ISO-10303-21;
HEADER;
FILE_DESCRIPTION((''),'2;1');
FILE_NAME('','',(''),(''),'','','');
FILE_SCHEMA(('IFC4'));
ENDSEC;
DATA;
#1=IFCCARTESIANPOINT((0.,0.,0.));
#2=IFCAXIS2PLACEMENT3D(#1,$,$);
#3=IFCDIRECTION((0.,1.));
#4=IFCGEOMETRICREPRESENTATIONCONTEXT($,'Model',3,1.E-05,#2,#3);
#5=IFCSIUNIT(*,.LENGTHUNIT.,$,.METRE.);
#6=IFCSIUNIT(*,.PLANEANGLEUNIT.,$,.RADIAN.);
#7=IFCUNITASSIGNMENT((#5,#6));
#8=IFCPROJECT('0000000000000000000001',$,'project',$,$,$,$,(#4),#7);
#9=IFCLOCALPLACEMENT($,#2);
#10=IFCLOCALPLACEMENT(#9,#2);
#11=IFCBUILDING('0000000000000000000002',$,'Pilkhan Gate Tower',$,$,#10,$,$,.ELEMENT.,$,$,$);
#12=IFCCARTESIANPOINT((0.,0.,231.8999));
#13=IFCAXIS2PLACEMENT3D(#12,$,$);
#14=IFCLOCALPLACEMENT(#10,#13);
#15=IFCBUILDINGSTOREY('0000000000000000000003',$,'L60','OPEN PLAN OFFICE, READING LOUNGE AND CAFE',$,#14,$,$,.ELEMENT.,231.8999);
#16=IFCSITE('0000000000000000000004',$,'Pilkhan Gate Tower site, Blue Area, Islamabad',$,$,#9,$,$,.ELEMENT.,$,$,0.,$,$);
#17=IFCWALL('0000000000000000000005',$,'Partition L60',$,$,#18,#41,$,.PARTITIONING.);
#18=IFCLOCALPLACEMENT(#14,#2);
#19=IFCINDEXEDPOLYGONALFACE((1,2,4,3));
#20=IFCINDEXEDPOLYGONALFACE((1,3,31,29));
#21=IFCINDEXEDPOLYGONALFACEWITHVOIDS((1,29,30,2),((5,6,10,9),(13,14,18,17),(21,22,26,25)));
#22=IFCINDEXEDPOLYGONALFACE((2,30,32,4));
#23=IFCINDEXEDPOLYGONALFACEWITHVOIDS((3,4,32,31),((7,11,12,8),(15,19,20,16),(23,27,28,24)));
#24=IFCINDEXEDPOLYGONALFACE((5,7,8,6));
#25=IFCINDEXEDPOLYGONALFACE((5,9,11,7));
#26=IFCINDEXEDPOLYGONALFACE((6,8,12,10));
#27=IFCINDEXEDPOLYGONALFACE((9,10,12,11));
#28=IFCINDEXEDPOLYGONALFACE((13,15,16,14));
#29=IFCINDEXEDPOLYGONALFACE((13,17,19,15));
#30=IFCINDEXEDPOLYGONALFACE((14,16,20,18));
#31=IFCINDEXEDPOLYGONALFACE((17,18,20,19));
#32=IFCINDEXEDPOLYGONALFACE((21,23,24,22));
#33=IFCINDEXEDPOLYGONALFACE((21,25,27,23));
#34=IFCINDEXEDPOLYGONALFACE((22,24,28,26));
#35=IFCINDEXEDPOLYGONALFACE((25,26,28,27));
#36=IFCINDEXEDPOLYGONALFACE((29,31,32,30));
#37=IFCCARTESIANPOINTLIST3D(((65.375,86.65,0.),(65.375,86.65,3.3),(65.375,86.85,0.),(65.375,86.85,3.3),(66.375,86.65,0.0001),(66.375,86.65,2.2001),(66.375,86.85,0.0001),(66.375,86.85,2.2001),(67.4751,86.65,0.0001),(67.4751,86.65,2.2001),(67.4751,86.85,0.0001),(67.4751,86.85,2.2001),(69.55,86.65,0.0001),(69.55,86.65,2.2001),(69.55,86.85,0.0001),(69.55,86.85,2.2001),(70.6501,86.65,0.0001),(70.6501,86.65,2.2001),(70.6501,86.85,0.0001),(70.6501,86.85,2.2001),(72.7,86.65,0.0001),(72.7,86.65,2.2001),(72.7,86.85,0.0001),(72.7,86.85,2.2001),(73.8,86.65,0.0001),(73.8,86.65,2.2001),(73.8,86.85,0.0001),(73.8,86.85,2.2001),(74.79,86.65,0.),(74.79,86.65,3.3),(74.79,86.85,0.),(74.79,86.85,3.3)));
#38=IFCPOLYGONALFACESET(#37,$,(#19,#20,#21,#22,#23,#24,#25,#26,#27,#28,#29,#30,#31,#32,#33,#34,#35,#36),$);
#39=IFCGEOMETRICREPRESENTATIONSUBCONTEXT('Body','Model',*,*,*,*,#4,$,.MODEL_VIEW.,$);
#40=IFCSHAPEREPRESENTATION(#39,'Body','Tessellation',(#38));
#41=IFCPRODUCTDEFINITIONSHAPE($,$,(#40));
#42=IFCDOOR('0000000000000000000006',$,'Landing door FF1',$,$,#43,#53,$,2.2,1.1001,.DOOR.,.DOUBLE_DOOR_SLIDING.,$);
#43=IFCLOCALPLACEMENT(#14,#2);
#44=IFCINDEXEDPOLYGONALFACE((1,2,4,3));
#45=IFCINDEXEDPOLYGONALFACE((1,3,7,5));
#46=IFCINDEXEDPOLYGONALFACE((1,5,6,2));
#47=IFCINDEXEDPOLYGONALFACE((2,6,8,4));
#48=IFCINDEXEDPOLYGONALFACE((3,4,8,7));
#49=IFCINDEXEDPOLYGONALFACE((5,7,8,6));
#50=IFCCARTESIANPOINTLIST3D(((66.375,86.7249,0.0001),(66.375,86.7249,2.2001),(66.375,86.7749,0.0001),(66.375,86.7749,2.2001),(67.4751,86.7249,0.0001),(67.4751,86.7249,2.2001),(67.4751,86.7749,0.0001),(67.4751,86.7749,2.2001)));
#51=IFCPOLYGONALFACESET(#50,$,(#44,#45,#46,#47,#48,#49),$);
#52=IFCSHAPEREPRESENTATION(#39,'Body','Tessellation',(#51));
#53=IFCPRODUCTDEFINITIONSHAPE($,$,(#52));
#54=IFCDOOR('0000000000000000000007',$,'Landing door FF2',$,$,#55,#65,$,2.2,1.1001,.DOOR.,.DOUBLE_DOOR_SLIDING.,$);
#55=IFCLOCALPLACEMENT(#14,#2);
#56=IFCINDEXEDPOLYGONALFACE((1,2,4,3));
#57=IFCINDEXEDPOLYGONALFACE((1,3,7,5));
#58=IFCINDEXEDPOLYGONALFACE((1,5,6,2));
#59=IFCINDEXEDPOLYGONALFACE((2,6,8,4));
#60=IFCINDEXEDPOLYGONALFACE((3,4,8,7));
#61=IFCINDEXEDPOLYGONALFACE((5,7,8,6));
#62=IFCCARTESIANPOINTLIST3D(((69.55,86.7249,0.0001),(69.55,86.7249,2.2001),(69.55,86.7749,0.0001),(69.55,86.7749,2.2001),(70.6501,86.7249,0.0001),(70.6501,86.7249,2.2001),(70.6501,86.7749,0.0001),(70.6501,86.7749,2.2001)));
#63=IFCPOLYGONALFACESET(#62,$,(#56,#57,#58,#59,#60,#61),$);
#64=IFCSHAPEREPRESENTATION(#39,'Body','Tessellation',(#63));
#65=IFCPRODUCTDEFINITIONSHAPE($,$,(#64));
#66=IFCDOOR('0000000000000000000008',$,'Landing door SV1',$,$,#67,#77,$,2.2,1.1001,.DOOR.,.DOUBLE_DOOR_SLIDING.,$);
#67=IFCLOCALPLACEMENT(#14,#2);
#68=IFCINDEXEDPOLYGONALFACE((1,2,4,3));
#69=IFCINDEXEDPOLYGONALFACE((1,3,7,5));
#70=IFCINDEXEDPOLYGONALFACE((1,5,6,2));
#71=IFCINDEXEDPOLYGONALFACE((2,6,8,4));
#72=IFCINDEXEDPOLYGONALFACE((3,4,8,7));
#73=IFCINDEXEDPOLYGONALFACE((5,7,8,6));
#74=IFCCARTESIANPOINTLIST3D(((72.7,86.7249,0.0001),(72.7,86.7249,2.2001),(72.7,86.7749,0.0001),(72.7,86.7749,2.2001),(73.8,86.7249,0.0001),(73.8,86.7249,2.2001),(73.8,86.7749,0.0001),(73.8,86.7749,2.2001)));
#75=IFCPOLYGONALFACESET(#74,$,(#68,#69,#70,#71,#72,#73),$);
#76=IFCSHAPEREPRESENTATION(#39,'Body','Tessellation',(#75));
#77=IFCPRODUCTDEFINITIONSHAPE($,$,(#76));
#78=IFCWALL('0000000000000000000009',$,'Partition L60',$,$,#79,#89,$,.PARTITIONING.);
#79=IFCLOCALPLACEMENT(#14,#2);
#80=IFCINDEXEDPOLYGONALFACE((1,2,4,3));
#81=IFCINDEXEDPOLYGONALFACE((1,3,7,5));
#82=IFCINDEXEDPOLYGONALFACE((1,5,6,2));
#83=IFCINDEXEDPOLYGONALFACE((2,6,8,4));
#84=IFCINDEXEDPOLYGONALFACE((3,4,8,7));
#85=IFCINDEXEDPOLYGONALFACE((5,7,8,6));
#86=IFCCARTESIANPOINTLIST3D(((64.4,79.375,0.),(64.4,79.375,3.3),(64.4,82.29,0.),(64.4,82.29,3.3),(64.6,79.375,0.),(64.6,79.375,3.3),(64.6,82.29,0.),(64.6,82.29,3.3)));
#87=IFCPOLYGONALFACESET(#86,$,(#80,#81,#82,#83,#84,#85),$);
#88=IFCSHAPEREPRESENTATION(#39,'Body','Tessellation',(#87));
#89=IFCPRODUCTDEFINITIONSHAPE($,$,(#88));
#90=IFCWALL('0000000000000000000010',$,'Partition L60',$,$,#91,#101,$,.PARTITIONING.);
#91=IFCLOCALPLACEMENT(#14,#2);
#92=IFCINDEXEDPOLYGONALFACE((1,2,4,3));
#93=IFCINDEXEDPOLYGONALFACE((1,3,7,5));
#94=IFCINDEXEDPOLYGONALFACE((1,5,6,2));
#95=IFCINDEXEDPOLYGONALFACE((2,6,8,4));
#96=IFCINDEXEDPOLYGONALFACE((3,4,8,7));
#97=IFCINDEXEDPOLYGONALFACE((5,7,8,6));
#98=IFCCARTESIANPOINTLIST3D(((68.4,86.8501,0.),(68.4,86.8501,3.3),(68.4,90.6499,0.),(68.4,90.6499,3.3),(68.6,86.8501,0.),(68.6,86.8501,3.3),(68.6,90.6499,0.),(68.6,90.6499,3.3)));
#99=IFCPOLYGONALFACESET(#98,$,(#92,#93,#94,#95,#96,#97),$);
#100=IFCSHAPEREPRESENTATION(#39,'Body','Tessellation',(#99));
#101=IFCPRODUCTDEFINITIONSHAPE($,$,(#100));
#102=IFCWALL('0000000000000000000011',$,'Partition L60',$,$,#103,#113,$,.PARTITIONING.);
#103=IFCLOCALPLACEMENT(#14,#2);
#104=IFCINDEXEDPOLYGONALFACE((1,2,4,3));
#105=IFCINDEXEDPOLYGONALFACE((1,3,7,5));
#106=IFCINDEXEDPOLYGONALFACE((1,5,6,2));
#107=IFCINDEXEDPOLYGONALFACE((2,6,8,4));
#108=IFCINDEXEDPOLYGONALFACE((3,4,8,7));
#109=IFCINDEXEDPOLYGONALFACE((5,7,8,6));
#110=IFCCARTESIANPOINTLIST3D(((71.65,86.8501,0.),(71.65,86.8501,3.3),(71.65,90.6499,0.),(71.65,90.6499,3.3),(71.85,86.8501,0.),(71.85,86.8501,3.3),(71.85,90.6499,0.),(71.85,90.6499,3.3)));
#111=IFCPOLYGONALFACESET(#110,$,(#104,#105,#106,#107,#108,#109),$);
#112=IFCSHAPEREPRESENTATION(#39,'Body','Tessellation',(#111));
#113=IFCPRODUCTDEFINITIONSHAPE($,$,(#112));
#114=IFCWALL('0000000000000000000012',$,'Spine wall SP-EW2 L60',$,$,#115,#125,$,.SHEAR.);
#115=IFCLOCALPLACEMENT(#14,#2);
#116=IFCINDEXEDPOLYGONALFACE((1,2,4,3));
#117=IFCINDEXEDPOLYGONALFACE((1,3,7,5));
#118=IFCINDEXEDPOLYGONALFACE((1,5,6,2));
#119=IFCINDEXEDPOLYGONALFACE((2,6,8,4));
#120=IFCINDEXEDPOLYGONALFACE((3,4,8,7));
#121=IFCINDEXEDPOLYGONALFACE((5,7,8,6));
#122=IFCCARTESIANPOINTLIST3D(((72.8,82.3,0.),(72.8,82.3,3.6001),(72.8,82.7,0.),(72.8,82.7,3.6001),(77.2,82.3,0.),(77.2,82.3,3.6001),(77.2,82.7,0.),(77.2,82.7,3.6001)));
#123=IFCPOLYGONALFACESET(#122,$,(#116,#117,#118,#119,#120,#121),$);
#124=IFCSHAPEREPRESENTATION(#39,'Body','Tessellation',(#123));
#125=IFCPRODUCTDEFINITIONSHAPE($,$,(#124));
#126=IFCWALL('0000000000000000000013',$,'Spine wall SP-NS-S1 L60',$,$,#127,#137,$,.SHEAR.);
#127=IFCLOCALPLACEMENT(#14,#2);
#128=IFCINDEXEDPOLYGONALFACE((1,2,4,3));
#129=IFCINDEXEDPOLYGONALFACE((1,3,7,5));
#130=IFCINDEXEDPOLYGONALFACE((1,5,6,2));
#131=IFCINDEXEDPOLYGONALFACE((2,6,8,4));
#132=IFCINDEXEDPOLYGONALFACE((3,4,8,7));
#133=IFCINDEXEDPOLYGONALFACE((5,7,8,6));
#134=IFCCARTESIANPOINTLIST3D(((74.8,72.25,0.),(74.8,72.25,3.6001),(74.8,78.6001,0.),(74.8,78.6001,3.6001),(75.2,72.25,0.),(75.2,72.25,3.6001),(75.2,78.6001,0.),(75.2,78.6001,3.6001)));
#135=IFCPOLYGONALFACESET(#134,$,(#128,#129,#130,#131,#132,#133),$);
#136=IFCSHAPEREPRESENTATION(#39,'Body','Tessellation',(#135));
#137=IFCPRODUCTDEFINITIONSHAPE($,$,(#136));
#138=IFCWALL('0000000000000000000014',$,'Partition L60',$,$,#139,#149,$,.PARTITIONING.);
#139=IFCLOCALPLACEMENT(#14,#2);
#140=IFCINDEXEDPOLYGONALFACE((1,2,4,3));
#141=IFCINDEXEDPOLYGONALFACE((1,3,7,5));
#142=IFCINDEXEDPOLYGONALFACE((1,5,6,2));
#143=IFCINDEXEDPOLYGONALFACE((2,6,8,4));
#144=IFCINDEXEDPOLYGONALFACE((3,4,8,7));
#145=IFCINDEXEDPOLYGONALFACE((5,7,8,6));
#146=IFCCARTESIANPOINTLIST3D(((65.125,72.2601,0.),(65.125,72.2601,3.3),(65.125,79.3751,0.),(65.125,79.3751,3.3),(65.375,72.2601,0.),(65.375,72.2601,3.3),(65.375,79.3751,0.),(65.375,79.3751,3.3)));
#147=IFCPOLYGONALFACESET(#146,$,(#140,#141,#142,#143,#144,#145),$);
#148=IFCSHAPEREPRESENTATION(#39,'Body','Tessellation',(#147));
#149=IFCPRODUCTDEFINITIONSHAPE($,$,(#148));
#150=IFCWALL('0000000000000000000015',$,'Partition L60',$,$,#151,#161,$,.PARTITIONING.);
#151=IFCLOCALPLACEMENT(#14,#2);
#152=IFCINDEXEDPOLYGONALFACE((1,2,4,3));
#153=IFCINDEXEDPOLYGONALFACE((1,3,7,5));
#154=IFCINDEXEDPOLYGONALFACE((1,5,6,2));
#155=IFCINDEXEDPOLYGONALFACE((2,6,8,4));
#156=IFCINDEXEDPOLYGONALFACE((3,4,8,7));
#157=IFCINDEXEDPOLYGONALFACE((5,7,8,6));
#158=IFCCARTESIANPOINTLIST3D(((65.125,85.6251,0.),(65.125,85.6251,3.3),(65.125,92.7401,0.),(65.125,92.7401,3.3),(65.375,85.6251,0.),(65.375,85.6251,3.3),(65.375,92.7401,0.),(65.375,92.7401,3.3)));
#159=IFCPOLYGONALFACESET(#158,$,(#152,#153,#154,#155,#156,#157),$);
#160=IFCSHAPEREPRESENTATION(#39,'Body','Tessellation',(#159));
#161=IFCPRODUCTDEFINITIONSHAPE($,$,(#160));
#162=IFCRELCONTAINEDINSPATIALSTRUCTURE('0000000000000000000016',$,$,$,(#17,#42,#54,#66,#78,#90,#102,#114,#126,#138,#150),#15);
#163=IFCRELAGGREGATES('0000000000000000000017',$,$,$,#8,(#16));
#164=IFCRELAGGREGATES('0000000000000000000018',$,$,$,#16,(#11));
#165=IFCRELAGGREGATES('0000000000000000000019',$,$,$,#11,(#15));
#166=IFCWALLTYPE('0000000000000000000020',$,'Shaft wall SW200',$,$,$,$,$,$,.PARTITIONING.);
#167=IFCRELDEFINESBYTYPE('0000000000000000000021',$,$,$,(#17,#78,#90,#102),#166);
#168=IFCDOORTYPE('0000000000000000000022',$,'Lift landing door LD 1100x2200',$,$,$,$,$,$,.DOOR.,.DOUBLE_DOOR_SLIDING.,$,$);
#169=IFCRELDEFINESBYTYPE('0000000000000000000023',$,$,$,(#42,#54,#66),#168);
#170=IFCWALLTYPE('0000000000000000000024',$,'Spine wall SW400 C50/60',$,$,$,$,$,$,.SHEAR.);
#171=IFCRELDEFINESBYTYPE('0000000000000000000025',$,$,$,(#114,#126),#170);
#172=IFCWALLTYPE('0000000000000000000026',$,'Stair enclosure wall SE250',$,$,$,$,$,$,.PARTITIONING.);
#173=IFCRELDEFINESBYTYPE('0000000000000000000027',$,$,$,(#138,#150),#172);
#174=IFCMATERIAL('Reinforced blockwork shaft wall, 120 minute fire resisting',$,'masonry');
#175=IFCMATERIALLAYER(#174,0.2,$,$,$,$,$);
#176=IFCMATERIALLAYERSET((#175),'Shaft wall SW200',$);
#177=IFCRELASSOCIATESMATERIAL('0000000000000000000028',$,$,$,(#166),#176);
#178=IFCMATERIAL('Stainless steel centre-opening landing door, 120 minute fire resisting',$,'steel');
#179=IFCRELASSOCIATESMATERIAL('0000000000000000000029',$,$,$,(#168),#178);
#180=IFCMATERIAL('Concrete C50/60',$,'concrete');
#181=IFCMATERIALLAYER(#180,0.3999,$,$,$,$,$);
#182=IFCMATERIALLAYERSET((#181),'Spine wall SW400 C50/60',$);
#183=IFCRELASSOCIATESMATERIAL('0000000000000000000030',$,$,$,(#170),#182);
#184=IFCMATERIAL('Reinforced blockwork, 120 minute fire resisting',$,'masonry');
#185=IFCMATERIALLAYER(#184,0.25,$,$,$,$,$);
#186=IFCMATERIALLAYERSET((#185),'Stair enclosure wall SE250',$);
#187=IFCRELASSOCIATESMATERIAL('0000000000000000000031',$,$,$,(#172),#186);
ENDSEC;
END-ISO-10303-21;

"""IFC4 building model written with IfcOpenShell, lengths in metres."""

from ifc_helpers import new_model, si_unit, direction, frame, frame_2d, origin, place, context, subcontext, project, spatial, rectangle, extrude, material, layer, layer_set, type_object, element, fill, save


model = new_model("IFC4")

# Units and contexts
model_context = context("Model", 3, precision=1e-05, world=origin(), true_north=direction((0.0, 1.0)))
body_context = subcontext(model_context, "Body", "Model", "MODEL_VIEW")
ifc_project = project(units=[si_unit("LENGTHUNIT", "METRE"), si_unit("PLANEANGLEUNIT", "RADIAN")], contexts=[model_context])

# Site, building, storey
site_placement = place(None, origin())
site = spatial("IfcSite", under=ifc_project, at=site_placement, Name="Pilkhan Gate Tower site, Blue Area, Islamabad", CompositionType="ELEMENT", RefElevation=0.0)
building_placement = place(site_placement, origin())
building = spatial("IfcBuilding", under=site, at=building_placement, Name="Pilkhan Gate Tower", CompositionType="ELEMENT")
storey_placement = place(building_placement, frame((0.0, 0.0, 231.8999)))
storey = spatial("IfcBuildingStorey", under=building, at=storey_placement, Name="L60", Description="OPEN PLAN OFFICE, READING LOUNGE AND CAFE", CompositionType="ELEMENT", Elevation=231.8999)

# Shared definitions
ifc_material_1 = material(Name="Concrete C50/60", Category="concrete")

# Wall, openings, doors
ifc_material_2 = material(Name="Reinforced blockwork shaft wall, 120 minute fire resisting", Category="masonry")
ifc_layer_1 = layer(ifc_material_2, 0.2)
ifc_layer_set_1 = layer_set([ifc_layer_1], Name="Shaft wall SW200")
wall_type_1 = type_object("IfcWallType", Name="Shaft wall SW200", PredefinedType="PARTITIONING", material=ifc_layer_set_1)
wall_1_placement = place(storey_placement, frame((65.375, 86.75, 0.0), z_axis=(0.0, 0.0, 1.0), x_axis=(1.0, 0.0, 0.0)))
wall_1 = element("IfcWall", 1, at=wall_1_placement, inside=storey, type_object=wall_type_1, Name="Partition L60", PredefinedType="PARTITIONING", context=body_context, shape_type="SweptSolid", body=[
    extrude(rectangle(XDim=9.415, YDim=0.2, at=frame_2d((4.7075, 0.0))), origin(), (0.0, 0.0, 1.0), 3.3),
])
opening_1_placement = place(wall_1_placement, frame((1.0, 0.0, 0.0)))
opening_1 = element("IfcOpeningElement", 2, at=opening_1_placement, cuts=wall_1, PredefinedType="OPENING", context=body_context, shape_type="SweptSolid", body=[
    extrude(rectangle(XDim=1.1001, YDim=2.2, at=frame_2d((0.55, 1.1001))), frame((0.0, 0.1099, 0.0), z_axis=(0.0, -1.0, 0.0), x_axis=(1.0, 0.0, 0.0)), (0.0, 0.0, 1.0), 0.22),
])
opening_2_placement = place(wall_1_placement, frame((4.175, 0.0, 0.0)))
opening_2 = element("IfcOpeningElement", 3, at=opening_2_placement, cuts=wall_1, PredefinedType="OPENING", context=body_context, shape_type="SweptSolid", body=[
    extrude(rectangle(XDim=1.1001, YDim=2.2, at=frame_2d((0.55, 1.1001))), frame((0.0, 0.1099, 0.0), z_axis=(0.0, -1.0, 0.0), x_axis=(1.0, 0.0, 0.0)), (0.0, 0.0, 1.0), 0.22),
])
opening_3_placement = place(wall_1_placement, frame((7.325, 0.0, 0.0)))
opening_3 = element("IfcOpeningElement", 4, at=opening_3_placement, cuts=wall_1, PredefinedType="OPENING", context=body_context, shape_type="SweptSolid", body=[
    extrude(rectangle(XDim=1.1001, YDim=2.2, at=frame_2d((0.55, 1.1001))), frame((0.0, 0.1099, 0.0), z_axis=(0.0, -1.0, 0.0), x_axis=(1.0, 0.0, 0.0)), (0.0, 0.0, 1.0), 0.22),
])
ifc_material_3 = material(Name="Stainless steel centre-opening landing door, 120 minute fire resisting", Category="steel")
door_type_1 = type_object("IfcDoorType", Name="Lift landing door LD 1100x2200", OperationType="DOUBLE_DOOR_SLIDING", PredefinedType="DOOR", material=ifc_material_3)
door_1_placement = place(opening_1_placement, origin())
door_1 = element("IfcDoor", 5, at=door_1_placement, inside=storey, type_object=door_type_1, Name="Landing door FF1", OperationType="DOUBLE_DOOR_SLIDING", OverallHeight=2.2, OverallWidth=1.1001, PredefinedType="DOOR", context=body_context, shape_type="SweptSolid", body=[
    extrude(rectangle(XDim=1.1001, YDim=2.2, at=frame_2d((0.55, 1.1001))), frame((0.0, 0.0249, 0.0), z_axis=(0.0, -1.0, 0.0), x_axis=(1.0, 0.0, 0.0)), (0.0, 0.0, 1.0), 0.05),
])
fill(opening_1, door_1)
door_2_placement = place(opening_2_placement, origin())
door_2 = element("IfcDoor", 6, at=door_2_placement, inside=storey, type_object=door_type_1, Name="Landing door FF2", OperationType="DOUBLE_DOOR_SLIDING", OverallHeight=2.2, OverallWidth=1.1001, PredefinedType="DOOR", context=body_context, shape_type="SweptSolid", body=[
    extrude(rectangle(XDim=1.1001, YDim=2.2, at=frame_2d((0.55, 1.1001))), frame((0.0, 0.0249, 0.0), z_axis=(0.0, -1.0, 0.0), x_axis=(1.0, 0.0, 0.0)), (0.0, 0.0, 1.0), 0.05),
])
fill(opening_2, door_2)
door_3_placement = place(opening_3_placement, origin())
door_3 = element("IfcDoor", 7, at=door_3_placement, inside=storey, type_object=door_type_1, Name="Landing door SV1", OperationType="DOUBLE_DOOR_SLIDING", OverallHeight=2.2, OverallWidth=1.1001, PredefinedType="DOOR", context=body_context, shape_type="SweptSolid", body=[
    extrude(rectangle(XDim=1.1001, YDim=2.2, at=frame_2d((0.55, 1.1001))), frame((0.0, 0.0249, 0.0), z_axis=(0.0, -1.0, 0.0), x_axis=(1.0, 0.0, 0.0)), (0.0, 0.0, 1.0), 0.05),
])
fill(opening_3, door_3)

# Walls
wall_2_placement = place(storey_placement, frame((64.5, 79.375, 0.0), z_axis=(0.0, 0.0, 1.0), x_axis=(0.0, 1.0, 0.0)))
element("IfcWall", 8, at=wall_2_placement, inside=storey, type_object=wall_type_1, Name="Partition L60", PredefinedType="PARTITIONING", context=body_context, shape_type="SweptSolid", body=[
    extrude(rectangle(XDim=2.915, YDim=0.2, at=frame_2d((1.4575, 0.0))), origin(), (0.0, 0.0, 1.0), 3.3),
])
for number, where, z_axis, x_axis, name in (
    (9, (68.5, 86.8501, 0.0), (0.0, 0.0, 1.0), (0.0, 1.0, 0.0), "Partition L60"),
    (10, (71.75, 86.8501, 0.0), (0.0, 0.0, 1.0), (0.0, 1.0, 0.0), "Partition L60"),
):
    element("IfcWall", number, at=place(storey_placement, frame(where, z_axis=z_axis, x_axis=x_axis)), inside=storey, type_object=wall_type_1, Name=name, PredefinedType="PARTITIONING", context=body_context, shape_type="SweptSolid", body=[
        extrude(rectangle(XDim=3.7998, YDim=0.2, at=frame_2d((1.8999, 0.0))), origin(), (0.0, 0.0, 1.0), 3.3),
    ])
ifc_layer_2 = layer(ifc_material_1, 0.3999)
ifc_layer_set_2 = layer_set([ifc_layer_2], Name="Spine wall SW400 C50/60")
wall_type_2 = type_object("IfcWallType", Name="Spine wall SW400 C50/60", PredefinedType="SHEAR", material=ifc_layer_set_2)
wall_3_placement = place(storey_placement, frame((72.8, 82.5, 0.0), z_axis=(0.0, 0.0, 1.0), x_axis=(1.0, 0.0, 0.0)))
element("IfcWall", 11, at=wall_3_placement, inside=storey, type_object=wall_type_2, Name="Spine wall SP-EW2 L60", PredefinedType="SHEAR", context=body_context, shape_type="SweptSolid", body=[
    extrude(rectangle(XDim=4.3999, YDim=0.3999, at=frame_2d((2.2, 0.0))), origin(), (0.0, 0.0, 1.0), 3.6001),
])
wall_4_placement = place(storey_placement, frame((75.0, 72.25, 0.0), z_axis=(0.0, 0.0, 1.0), x_axis=(0.0, 1.0, 0.0)))
element("IfcWall", 12, at=wall_4_placement, inside=storey, type_object=wall_type_2, Name="Spine wall SP-NS-S1 L60", PredefinedType="SHEAR", context=body_context, shape_type="SweptSolid", body=[
    extrude(rectangle(XDim=6.3501, YDim=0.3999, at=frame_2d((3.175, 0.0))), origin(), (0.0, 0.0, 1.0), 3.6001),
])
ifc_material_4 = material(Name="Reinforced blockwork, 120 minute fire resisting", Category="masonry")
ifc_layer_3 = layer(ifc_material_4, 0.25)
ifc_layer_set_3 = layer_set([ifc_layer_3], Name="Stair enclosure wall SE250")
wall_type_3 = type_object("IfcWallType", Name="Stair enclosure wall SE250", PredefinedType="PARTITIONING", material=ifc_layer_set_3)
for number, where, z_axis, x_axis, name in (
    (13, (65.25, 72.26, 0.0), (0.0, 0.0, 1.0), (0.0, 1.0, 0.0), "Partition L60"),
    (14, (65.25, 85.625, 0.0), (0.0, 0.0, 1.0), (0.0, 1.0, 0.0), "Partition L60"),
):
    element("IfcWall", number, at=place(storey_placement, frame(where, z_axis=z_axis, x_axis=x_axis)), inside=storey, type_object=wall_type_3, Name=name, PredefinedType="PARTITIONING", context=body_context, shape_type="SweptSolid", body=[
        extrude(rectangle(XDim=7.115, YDim=0.25, at=frame_2d((3.5576, 0.0))), origin(), (0.0, 0.0, 1.0), 3.3),
    ])

save(model, "model.ifc")
